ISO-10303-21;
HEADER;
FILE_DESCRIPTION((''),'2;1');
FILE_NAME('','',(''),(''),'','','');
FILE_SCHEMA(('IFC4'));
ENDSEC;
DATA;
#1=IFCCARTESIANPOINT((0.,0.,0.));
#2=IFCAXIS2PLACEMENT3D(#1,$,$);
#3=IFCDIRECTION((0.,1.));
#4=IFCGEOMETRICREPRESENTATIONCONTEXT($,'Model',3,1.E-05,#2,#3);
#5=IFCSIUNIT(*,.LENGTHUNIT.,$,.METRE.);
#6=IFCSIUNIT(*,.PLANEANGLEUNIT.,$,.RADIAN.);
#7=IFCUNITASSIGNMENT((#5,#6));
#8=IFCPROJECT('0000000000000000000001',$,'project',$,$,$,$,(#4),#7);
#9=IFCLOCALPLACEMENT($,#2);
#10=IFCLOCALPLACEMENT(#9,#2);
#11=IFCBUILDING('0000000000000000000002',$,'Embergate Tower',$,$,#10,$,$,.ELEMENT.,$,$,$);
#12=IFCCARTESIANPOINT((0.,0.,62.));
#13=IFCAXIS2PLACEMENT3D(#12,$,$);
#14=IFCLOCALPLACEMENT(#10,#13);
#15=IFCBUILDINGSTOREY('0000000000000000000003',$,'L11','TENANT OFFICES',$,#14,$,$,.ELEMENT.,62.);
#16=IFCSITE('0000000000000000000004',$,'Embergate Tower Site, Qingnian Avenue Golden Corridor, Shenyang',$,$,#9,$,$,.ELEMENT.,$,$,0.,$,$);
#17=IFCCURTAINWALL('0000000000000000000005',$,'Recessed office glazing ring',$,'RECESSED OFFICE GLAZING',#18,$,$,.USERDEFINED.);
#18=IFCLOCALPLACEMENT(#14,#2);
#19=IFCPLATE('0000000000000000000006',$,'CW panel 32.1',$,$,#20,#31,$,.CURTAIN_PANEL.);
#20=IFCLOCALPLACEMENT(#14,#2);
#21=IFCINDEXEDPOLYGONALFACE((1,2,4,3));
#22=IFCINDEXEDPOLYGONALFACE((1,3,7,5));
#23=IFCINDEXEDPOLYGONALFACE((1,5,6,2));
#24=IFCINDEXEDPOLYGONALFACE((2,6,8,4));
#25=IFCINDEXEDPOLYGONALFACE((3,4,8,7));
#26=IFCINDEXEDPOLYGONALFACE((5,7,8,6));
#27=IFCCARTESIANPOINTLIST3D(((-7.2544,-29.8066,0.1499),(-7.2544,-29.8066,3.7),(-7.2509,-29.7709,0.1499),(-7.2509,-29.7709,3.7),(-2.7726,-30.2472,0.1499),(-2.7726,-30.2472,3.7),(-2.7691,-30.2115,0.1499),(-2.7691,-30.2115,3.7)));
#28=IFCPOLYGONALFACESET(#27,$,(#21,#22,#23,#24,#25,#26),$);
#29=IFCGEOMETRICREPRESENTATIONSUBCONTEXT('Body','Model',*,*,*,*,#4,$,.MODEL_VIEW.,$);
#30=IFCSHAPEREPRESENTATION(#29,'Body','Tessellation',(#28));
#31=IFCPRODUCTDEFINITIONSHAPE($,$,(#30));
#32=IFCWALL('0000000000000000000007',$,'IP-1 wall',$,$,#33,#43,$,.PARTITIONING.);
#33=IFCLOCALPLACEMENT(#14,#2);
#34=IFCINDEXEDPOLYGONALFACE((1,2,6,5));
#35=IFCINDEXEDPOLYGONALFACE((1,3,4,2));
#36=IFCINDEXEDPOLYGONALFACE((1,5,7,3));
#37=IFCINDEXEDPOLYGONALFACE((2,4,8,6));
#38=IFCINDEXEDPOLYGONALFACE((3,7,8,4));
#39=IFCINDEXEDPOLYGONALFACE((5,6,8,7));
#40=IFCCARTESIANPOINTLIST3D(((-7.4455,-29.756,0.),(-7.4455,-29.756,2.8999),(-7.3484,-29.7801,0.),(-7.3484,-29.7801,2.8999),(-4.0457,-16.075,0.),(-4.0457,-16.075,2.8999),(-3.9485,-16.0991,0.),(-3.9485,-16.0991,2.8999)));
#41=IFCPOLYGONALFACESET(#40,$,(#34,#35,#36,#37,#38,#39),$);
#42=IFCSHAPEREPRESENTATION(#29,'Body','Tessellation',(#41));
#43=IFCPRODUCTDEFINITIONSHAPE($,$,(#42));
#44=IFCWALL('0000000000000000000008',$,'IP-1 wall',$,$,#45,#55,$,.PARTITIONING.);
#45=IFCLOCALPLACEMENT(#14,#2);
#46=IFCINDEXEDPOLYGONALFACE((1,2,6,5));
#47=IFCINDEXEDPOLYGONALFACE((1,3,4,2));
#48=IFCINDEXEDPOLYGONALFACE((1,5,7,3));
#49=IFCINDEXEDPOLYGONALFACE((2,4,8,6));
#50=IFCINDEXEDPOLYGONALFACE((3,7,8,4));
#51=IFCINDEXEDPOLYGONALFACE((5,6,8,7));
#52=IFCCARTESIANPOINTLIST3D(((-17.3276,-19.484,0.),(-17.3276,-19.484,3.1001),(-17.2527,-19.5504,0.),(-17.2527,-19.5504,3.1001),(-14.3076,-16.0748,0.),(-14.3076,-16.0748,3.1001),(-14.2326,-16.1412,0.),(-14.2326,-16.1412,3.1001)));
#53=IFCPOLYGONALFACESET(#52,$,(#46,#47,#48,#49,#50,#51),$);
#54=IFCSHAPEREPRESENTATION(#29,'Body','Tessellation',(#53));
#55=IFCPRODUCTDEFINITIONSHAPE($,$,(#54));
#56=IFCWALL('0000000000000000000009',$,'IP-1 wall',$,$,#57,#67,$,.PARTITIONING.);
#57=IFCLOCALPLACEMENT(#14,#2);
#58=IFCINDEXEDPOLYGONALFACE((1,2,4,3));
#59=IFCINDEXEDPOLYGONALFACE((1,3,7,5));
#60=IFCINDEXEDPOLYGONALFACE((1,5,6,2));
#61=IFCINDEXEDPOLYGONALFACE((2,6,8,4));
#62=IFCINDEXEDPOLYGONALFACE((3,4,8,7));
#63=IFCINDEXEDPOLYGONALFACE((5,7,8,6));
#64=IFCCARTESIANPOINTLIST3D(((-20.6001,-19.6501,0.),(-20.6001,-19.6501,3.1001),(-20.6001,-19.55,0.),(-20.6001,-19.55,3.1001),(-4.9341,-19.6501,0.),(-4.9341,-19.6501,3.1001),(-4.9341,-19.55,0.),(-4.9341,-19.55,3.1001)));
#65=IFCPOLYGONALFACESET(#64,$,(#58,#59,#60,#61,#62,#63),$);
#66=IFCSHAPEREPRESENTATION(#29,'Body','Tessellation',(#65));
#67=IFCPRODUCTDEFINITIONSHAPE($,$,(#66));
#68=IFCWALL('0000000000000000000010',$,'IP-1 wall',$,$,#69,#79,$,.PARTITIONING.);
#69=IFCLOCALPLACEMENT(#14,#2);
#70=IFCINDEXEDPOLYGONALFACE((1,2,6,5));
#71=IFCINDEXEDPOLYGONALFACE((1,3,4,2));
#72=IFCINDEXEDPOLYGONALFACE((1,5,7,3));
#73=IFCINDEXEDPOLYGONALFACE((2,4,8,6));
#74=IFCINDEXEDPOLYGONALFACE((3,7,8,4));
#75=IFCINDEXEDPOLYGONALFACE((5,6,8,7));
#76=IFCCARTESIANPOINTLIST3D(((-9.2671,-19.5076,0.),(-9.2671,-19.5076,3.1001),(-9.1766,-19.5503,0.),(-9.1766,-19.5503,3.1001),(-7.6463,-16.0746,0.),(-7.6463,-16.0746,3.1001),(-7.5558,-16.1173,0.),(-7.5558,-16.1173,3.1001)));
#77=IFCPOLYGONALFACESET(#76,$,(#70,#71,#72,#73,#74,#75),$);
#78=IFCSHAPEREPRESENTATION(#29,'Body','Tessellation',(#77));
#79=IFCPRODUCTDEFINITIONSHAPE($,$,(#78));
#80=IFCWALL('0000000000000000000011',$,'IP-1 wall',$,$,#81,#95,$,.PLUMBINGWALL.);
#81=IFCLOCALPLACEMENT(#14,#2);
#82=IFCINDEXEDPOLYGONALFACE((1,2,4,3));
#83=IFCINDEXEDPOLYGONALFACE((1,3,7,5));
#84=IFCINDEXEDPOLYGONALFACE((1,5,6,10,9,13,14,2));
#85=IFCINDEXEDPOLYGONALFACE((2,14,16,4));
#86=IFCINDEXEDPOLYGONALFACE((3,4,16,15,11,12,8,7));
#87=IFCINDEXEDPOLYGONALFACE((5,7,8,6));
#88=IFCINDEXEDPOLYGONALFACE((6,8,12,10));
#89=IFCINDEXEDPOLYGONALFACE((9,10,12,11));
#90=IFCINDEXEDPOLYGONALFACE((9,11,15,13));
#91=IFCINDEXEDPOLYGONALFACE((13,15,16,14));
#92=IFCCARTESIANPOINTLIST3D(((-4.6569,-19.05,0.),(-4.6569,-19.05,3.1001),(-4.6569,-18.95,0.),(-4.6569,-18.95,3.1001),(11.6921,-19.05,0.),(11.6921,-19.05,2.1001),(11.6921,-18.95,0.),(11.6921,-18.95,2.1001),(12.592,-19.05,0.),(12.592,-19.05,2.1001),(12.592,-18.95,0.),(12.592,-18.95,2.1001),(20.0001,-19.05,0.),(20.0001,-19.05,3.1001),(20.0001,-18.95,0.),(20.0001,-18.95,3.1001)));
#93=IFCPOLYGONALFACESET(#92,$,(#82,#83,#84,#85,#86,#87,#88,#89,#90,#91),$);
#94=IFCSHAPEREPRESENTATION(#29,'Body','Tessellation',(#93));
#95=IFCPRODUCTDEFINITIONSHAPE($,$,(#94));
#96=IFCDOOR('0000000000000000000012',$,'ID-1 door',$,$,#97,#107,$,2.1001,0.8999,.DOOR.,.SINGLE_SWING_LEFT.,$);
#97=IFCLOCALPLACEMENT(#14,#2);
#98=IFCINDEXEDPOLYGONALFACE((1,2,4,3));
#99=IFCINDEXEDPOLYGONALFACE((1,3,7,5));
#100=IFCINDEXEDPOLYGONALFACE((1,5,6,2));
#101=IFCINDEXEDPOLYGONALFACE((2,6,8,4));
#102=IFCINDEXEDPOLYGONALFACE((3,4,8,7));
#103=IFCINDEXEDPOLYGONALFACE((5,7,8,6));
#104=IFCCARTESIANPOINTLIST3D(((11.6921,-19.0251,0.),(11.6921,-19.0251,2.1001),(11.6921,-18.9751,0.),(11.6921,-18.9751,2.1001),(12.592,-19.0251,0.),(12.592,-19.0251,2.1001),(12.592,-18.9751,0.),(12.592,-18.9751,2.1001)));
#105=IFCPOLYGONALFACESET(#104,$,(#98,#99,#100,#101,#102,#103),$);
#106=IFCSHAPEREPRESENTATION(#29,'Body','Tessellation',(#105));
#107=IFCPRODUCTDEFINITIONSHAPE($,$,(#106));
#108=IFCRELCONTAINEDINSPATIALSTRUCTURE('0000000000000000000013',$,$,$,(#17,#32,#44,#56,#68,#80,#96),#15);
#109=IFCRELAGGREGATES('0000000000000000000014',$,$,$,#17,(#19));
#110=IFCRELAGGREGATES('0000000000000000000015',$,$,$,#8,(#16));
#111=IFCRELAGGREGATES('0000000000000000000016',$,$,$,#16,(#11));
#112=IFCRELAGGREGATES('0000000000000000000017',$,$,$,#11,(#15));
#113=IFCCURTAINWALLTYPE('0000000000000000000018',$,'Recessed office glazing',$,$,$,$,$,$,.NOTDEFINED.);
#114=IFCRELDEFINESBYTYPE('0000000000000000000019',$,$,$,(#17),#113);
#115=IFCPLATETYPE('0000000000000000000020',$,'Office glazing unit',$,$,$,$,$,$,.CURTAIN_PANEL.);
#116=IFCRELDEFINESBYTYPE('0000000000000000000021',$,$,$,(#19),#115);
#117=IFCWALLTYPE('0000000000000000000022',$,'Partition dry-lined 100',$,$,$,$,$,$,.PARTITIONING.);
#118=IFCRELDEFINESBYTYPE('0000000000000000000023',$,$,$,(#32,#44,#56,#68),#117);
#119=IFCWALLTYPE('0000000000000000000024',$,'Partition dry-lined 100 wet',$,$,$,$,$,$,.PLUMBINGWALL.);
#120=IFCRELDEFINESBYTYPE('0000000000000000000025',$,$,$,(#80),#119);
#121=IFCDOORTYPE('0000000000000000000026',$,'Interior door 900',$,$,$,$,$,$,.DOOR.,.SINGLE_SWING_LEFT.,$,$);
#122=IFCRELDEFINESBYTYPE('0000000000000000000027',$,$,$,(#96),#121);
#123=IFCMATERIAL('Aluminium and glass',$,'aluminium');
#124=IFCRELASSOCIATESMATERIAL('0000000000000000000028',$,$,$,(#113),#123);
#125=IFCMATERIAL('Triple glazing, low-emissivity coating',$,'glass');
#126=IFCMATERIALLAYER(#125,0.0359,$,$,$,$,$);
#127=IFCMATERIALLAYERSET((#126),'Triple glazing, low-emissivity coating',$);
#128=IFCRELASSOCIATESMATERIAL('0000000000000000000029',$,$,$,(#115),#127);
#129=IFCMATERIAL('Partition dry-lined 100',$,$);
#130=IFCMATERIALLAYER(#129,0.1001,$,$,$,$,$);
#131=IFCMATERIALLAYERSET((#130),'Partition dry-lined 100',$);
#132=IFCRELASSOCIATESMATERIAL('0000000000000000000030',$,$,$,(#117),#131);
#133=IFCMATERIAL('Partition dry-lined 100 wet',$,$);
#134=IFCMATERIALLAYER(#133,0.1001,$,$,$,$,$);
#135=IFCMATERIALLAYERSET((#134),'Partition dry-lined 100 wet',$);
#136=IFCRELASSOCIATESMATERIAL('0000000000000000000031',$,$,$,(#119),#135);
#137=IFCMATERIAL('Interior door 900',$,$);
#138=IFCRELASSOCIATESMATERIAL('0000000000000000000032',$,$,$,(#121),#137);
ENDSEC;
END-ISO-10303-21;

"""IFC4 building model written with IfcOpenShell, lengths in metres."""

from ifc_helpers import new_model, si_unit, direction, frame, frame_2d, origin, origin_2d, place, context, subcontext, project, spatial, rectangle, extrude, source, transform, mapped, material, layer, layer_set, type_object, element, fill, aggregate, save


model = new_model("IFC4")

# Units and contexts
model_context = context("Model", 3, precision=1e-05, world=origin(), true_north=direction((0.0, 1.0)))
body_context = subcontext(model_context, "Body", "Model", "MODEL_VIEW")
ifc_project = project(units=[si_unit("LENGTHUNIT", "METRE"), si_unit("PLANEANGLEUNIT", "RADIAN")], contexts=[model_context])

# Site, building, storey
site_placement = place(None, origin())
site = spatial("IfcSite", under=ifc_project, at=site_placement, Name="Embergate Tower Site, Qingnian Avenue Golden Corridor, Shenyang", CompositionType="ELEMENT", RefElevation=0.0)
building_placement = place(site_placement, origin())
building = spatial("IfcBuilding", under=site, at=building_placement, Name="Embergate Tower", CompositionType="ELEMENT")
storey_placement = place(building_placement, frame((0.0, 0.0, 62.0)))
storey = spatial("IfcBuildingStorey", under=building, at=storey_placement, Name="L11", Description="TENANT OFFICES", CompositionType="ELEMENT", Elevation=62.0)

# Curtain wall, plate
ifc_material_1 = material(Name="Aluminium and glass", Category="aluminium")
curtain_wall_type = type_object("IfcCurtainWallType", Name="Recessed office glazing", PredefinedType="NOTDEFINED", material=ifc_material_1)
curtain_wall_placement = place(storey_placement, origin())
curtain_wall = element("IfcCurtainWall", 1, at=curtain_wall_placement, inside=storey, type_object=curtain_wall_type, Name="Recessed office glazing ring", ObjectType="RECESSED OFFICE GLAZING", PredefinedType="USERDEFINED")
ifc_material_2 = material(Name="Triple glazing, low-emissivity coating", Category="glass")
ifc_layer_1 = layer(ifc_material_2, 0.0359)
ifc_layer_set_1 = layer_set([ifc_layer_1], Name="Triple glazing, low-emissivity coating")
plate_type = type_object("IfcPlateType", Name="Office glazing unit", PredefinedType="CURTAIN_PANEL", material=ifc_layer_set_1)
shared_shape_1 = source(origin(), body_context, "Body", "SweptSolid", [
    extrude(rectangle(XDim=4.5034, YDim=0.0359, at=origin_2d()), origin(), (0.0, 0.0, 1.0), 3.55),
])
plate_1_placement = place(storey_placement, frame((-5.0117, -30.009, 0.1499), z_axis=(0.0, 0.0, 1.0), x_axis=(0.995203, -0.097831, 0.0)))
plate_1 = element("IfcPlate", 2, at=plate_1_placement, type_object=plate_type, Name="CW panel 32.1", PredefinedType="CURTAIN_PANEL", context=body_context, shape_type="MappedRepresentation", body=[
    mapped(shared_shape_1, transform((0.0, 0.0, 0.0))),
])
aggregate(curtain_wall, [plate_1])

# Walls
ifc_material_3 = material(Name="Partition dry-lined 100")
ifc_layer_2 = layer(ifc_material_3, 0.1001)
ifc_layer_set_2 = layer_set([ifc_layer_2], Name="Partition dry-lined 100")
wall_type_1 = type_object("IfcWallType", Name="Partition dry-lined 100", PredefinedType="PARTITIONING", material=ifc_layer_set_2)
shared_shape_2 = source(origin(), body_context, "Body", "SweptSolid", [
    extrude(rectangle(XDim=14.0972, YDim=0.1001, at=frame_2d((7.0486, 0.0))), origin(), (0.0, 0.0, 1.0), 2.8999),
])
wall_1_placement = place(storey_placement, frame((-7.397, -29.7681, 0.0), z_axis=(0.0, 0.0, 1.0), x_axis=(0.241174, 0.970482, 0.0)))
element("IfcWall", 3, at=wall_1_placement, inside=storey, type_object=wall_type_1, Name="IP-1 wall", PredefinedType="PARTITIONING", context=body_context, shape_type="MappedRepresentation", body=[
    mapped(shared_shape_2, transform((0.0, 0.0, 0.0))),
])
shared_shape_3 = source(origin(), body_context, "Body", "SweptSolid", [
    extrude(rectangle(XDim=4.5544, YDim=0.1001, at=frame_2d((2.2773, 0.0))), origin(), (0.0, 0.0, 1.0), 3.1001),
])
wall_2_placement = place(storey_placement, frame((-14.27, -16.1079, 0.0), z_axis=(0.0, 0.0, 1.0), x_axis=(-0.663092, -0.748538, 0.0)))
element("IfcWall", 4, at=wall_2_placement, inside=storey, type_object=wall_type_1, Name="IP-1 wall", PredefinedType="PARTITIONING", context=body_context, shape_type="MappedRepresentation", body=[
    mapped(shared_shape_3, transform((0.0, 0.0, 0.0))),
])
shared_shape_4 = source(origin(), body_context, "Body", "SweptSolid", [
    extrude(rectangle(XDim=15.666, YDim=0.1001, at=frame_2d((7.833, 0.0))), origin(), (0.0, 0.0, 1.0), 3.1001),
])
wall_3_placement = place(storey_placement, frame((-4.9341, -19.6001, 0.0), z_axis=(0.0, 0.0, 1.0), x_axis=(-1.0, 0.0, 0.0)))
element("IfcWall", 5, at=wall_3_placement, inside=storey, type_object=wall_type_1, Name="IP-1 wall", PredefinedType="PARTITIONING", context=body_context, shape_type="MappedRepresentation", body=[
    mapped(shared_shape_4, transform((0.0, 0.0, 0.0))),
])
shared_shape_5 = source(origin(), body_context, "Body", "SweptSolid", [
    extrude(rectangle(XDim=3.7964, YDim=0.1001, at=frame_2d((1.8982, 0.0))), origin(), (0.0, 0.0, 1.0), 3.1001),
])
wall_4_placement = place(storey_placement, frame((-7.6011, -16.0959, 0.0), z_axis=(0.0, 0.0, 1.0), x_axis=(-0.426933, -0.904283, 0.0)))
element("IfcWall", 6, at=wall_4_placement, inside=storey, type_object=wall_type_1, Name="IP-1 wall", PredefinedType="PARTITIONING", context=body_context, shape_type="MappedRepresentation", body=[
    mapped(shared_shape_5, transform((0.0, 0.0, 0.0))),
])

# Wall, opening, door
ifc_material_4 = material(Name="Partition dry-lined 100 wet")
ifc_layer_3 = layer(ifc_material_4, 0.1001)
ifc_layer_set_3 = layer_set([ifc_layer_3], Name="Partition dry-lined 100 wet")
wall_type_2 = type_object("IfcWallType", Name="Partition dry-lined 100 wet", PredefinedType="PLUMBINGWALL", material=ifc_layer_set_3)
shared_shape_6 = source(origin(), body_context, "Body", "SweptSolid", [
    extrude(rectangle(XDim=24.657, YDim=0.1001, at=frame_2d((12.3286, 0.0))), origin(), (0.0, 0.0, 1.0), 3.1001),
])
wall_5_placement = place(storey_placement, frame((-4.657, -19.0, 0.0), z_axis=(0.0, 0.0, 1.0), x_axis=(1.0, 0.0, 0.0)))
wall_5 = element("IfcWall", 7, at=wall_5_placement, inside=storey, type_object=wall_type_2, Name="IP-1 wall", PredefinedType="PLUMBINGWALL", context=body_context, shape_type="MappedRepresentation", body=[
    mapped(shared_shape_6, transform((0.0, 0.0, 0.0))),
])
shared_shape_7 = source(origin(), body_context, "Body", "SweptSolid", [
    extrude(rectangle(XDim=0.8999, YDim=2.1001, at=frame_2d((0.45, 1.05))), frame((0.0, 0.0601, 0.0), z_axis=(0.0, -1.0, 0.0), x_axis=(1.0, 0.0, 0.0)), (0.0, 0.0, 1.0), 0.1201),
])
opening_placement = place(wall_5_placement, frame((16.3491, 0.0, 0.0)))
opening = element("IfcOpeningElement", 8, at=opening_placement, cuts=wall_5, PredefinedType="OPENING", context=body_context, shape_type="MappedRepresentation", body=[
    mapped(shared_shape_7, transform((0.0, 0.0, 0.0))),
])
ifc_material_5 = material(Name="Interior door 900")
door_type = type_object("IfcDoorType", Name="Interior door 900", OperationType="SINGLE_SWING_LEFT", PredefinedType="DOOR", material=ifc_material_5)
shared_shape_8 = source(origin(), body_context, "Body", "SweptSolid", [
    extrude(rectangle(XDim=0.8999, YDim=2.1001, at=frame_2d((0.45, 1.05))), frame((0.0, 0.0249, 0.0), z_axis=(0.0, -1.0, 0.0), x_axis=(1.0, 0.0, 0.0)), (0.0, 0.0, 1.0), 0.05),
])
door_placement = place(opening_placement, origin())
door = element("IfcDoor", 9, at=door_placement, inside=storey, type_object=door_type, Name="ID-1 door", OperationType="SINGLE_SWING_LEFT", OverallHeight=2.1001, OverallWidth=0.8999, PredefinedType="DOOR", context=body_context, shape_type="MappedRepresentation", body=[
    mapped(shared_shape_8, transform((0.0, 0.0, 0.0))),
])
fill(opening, door)

save(model, "model.ifc")
